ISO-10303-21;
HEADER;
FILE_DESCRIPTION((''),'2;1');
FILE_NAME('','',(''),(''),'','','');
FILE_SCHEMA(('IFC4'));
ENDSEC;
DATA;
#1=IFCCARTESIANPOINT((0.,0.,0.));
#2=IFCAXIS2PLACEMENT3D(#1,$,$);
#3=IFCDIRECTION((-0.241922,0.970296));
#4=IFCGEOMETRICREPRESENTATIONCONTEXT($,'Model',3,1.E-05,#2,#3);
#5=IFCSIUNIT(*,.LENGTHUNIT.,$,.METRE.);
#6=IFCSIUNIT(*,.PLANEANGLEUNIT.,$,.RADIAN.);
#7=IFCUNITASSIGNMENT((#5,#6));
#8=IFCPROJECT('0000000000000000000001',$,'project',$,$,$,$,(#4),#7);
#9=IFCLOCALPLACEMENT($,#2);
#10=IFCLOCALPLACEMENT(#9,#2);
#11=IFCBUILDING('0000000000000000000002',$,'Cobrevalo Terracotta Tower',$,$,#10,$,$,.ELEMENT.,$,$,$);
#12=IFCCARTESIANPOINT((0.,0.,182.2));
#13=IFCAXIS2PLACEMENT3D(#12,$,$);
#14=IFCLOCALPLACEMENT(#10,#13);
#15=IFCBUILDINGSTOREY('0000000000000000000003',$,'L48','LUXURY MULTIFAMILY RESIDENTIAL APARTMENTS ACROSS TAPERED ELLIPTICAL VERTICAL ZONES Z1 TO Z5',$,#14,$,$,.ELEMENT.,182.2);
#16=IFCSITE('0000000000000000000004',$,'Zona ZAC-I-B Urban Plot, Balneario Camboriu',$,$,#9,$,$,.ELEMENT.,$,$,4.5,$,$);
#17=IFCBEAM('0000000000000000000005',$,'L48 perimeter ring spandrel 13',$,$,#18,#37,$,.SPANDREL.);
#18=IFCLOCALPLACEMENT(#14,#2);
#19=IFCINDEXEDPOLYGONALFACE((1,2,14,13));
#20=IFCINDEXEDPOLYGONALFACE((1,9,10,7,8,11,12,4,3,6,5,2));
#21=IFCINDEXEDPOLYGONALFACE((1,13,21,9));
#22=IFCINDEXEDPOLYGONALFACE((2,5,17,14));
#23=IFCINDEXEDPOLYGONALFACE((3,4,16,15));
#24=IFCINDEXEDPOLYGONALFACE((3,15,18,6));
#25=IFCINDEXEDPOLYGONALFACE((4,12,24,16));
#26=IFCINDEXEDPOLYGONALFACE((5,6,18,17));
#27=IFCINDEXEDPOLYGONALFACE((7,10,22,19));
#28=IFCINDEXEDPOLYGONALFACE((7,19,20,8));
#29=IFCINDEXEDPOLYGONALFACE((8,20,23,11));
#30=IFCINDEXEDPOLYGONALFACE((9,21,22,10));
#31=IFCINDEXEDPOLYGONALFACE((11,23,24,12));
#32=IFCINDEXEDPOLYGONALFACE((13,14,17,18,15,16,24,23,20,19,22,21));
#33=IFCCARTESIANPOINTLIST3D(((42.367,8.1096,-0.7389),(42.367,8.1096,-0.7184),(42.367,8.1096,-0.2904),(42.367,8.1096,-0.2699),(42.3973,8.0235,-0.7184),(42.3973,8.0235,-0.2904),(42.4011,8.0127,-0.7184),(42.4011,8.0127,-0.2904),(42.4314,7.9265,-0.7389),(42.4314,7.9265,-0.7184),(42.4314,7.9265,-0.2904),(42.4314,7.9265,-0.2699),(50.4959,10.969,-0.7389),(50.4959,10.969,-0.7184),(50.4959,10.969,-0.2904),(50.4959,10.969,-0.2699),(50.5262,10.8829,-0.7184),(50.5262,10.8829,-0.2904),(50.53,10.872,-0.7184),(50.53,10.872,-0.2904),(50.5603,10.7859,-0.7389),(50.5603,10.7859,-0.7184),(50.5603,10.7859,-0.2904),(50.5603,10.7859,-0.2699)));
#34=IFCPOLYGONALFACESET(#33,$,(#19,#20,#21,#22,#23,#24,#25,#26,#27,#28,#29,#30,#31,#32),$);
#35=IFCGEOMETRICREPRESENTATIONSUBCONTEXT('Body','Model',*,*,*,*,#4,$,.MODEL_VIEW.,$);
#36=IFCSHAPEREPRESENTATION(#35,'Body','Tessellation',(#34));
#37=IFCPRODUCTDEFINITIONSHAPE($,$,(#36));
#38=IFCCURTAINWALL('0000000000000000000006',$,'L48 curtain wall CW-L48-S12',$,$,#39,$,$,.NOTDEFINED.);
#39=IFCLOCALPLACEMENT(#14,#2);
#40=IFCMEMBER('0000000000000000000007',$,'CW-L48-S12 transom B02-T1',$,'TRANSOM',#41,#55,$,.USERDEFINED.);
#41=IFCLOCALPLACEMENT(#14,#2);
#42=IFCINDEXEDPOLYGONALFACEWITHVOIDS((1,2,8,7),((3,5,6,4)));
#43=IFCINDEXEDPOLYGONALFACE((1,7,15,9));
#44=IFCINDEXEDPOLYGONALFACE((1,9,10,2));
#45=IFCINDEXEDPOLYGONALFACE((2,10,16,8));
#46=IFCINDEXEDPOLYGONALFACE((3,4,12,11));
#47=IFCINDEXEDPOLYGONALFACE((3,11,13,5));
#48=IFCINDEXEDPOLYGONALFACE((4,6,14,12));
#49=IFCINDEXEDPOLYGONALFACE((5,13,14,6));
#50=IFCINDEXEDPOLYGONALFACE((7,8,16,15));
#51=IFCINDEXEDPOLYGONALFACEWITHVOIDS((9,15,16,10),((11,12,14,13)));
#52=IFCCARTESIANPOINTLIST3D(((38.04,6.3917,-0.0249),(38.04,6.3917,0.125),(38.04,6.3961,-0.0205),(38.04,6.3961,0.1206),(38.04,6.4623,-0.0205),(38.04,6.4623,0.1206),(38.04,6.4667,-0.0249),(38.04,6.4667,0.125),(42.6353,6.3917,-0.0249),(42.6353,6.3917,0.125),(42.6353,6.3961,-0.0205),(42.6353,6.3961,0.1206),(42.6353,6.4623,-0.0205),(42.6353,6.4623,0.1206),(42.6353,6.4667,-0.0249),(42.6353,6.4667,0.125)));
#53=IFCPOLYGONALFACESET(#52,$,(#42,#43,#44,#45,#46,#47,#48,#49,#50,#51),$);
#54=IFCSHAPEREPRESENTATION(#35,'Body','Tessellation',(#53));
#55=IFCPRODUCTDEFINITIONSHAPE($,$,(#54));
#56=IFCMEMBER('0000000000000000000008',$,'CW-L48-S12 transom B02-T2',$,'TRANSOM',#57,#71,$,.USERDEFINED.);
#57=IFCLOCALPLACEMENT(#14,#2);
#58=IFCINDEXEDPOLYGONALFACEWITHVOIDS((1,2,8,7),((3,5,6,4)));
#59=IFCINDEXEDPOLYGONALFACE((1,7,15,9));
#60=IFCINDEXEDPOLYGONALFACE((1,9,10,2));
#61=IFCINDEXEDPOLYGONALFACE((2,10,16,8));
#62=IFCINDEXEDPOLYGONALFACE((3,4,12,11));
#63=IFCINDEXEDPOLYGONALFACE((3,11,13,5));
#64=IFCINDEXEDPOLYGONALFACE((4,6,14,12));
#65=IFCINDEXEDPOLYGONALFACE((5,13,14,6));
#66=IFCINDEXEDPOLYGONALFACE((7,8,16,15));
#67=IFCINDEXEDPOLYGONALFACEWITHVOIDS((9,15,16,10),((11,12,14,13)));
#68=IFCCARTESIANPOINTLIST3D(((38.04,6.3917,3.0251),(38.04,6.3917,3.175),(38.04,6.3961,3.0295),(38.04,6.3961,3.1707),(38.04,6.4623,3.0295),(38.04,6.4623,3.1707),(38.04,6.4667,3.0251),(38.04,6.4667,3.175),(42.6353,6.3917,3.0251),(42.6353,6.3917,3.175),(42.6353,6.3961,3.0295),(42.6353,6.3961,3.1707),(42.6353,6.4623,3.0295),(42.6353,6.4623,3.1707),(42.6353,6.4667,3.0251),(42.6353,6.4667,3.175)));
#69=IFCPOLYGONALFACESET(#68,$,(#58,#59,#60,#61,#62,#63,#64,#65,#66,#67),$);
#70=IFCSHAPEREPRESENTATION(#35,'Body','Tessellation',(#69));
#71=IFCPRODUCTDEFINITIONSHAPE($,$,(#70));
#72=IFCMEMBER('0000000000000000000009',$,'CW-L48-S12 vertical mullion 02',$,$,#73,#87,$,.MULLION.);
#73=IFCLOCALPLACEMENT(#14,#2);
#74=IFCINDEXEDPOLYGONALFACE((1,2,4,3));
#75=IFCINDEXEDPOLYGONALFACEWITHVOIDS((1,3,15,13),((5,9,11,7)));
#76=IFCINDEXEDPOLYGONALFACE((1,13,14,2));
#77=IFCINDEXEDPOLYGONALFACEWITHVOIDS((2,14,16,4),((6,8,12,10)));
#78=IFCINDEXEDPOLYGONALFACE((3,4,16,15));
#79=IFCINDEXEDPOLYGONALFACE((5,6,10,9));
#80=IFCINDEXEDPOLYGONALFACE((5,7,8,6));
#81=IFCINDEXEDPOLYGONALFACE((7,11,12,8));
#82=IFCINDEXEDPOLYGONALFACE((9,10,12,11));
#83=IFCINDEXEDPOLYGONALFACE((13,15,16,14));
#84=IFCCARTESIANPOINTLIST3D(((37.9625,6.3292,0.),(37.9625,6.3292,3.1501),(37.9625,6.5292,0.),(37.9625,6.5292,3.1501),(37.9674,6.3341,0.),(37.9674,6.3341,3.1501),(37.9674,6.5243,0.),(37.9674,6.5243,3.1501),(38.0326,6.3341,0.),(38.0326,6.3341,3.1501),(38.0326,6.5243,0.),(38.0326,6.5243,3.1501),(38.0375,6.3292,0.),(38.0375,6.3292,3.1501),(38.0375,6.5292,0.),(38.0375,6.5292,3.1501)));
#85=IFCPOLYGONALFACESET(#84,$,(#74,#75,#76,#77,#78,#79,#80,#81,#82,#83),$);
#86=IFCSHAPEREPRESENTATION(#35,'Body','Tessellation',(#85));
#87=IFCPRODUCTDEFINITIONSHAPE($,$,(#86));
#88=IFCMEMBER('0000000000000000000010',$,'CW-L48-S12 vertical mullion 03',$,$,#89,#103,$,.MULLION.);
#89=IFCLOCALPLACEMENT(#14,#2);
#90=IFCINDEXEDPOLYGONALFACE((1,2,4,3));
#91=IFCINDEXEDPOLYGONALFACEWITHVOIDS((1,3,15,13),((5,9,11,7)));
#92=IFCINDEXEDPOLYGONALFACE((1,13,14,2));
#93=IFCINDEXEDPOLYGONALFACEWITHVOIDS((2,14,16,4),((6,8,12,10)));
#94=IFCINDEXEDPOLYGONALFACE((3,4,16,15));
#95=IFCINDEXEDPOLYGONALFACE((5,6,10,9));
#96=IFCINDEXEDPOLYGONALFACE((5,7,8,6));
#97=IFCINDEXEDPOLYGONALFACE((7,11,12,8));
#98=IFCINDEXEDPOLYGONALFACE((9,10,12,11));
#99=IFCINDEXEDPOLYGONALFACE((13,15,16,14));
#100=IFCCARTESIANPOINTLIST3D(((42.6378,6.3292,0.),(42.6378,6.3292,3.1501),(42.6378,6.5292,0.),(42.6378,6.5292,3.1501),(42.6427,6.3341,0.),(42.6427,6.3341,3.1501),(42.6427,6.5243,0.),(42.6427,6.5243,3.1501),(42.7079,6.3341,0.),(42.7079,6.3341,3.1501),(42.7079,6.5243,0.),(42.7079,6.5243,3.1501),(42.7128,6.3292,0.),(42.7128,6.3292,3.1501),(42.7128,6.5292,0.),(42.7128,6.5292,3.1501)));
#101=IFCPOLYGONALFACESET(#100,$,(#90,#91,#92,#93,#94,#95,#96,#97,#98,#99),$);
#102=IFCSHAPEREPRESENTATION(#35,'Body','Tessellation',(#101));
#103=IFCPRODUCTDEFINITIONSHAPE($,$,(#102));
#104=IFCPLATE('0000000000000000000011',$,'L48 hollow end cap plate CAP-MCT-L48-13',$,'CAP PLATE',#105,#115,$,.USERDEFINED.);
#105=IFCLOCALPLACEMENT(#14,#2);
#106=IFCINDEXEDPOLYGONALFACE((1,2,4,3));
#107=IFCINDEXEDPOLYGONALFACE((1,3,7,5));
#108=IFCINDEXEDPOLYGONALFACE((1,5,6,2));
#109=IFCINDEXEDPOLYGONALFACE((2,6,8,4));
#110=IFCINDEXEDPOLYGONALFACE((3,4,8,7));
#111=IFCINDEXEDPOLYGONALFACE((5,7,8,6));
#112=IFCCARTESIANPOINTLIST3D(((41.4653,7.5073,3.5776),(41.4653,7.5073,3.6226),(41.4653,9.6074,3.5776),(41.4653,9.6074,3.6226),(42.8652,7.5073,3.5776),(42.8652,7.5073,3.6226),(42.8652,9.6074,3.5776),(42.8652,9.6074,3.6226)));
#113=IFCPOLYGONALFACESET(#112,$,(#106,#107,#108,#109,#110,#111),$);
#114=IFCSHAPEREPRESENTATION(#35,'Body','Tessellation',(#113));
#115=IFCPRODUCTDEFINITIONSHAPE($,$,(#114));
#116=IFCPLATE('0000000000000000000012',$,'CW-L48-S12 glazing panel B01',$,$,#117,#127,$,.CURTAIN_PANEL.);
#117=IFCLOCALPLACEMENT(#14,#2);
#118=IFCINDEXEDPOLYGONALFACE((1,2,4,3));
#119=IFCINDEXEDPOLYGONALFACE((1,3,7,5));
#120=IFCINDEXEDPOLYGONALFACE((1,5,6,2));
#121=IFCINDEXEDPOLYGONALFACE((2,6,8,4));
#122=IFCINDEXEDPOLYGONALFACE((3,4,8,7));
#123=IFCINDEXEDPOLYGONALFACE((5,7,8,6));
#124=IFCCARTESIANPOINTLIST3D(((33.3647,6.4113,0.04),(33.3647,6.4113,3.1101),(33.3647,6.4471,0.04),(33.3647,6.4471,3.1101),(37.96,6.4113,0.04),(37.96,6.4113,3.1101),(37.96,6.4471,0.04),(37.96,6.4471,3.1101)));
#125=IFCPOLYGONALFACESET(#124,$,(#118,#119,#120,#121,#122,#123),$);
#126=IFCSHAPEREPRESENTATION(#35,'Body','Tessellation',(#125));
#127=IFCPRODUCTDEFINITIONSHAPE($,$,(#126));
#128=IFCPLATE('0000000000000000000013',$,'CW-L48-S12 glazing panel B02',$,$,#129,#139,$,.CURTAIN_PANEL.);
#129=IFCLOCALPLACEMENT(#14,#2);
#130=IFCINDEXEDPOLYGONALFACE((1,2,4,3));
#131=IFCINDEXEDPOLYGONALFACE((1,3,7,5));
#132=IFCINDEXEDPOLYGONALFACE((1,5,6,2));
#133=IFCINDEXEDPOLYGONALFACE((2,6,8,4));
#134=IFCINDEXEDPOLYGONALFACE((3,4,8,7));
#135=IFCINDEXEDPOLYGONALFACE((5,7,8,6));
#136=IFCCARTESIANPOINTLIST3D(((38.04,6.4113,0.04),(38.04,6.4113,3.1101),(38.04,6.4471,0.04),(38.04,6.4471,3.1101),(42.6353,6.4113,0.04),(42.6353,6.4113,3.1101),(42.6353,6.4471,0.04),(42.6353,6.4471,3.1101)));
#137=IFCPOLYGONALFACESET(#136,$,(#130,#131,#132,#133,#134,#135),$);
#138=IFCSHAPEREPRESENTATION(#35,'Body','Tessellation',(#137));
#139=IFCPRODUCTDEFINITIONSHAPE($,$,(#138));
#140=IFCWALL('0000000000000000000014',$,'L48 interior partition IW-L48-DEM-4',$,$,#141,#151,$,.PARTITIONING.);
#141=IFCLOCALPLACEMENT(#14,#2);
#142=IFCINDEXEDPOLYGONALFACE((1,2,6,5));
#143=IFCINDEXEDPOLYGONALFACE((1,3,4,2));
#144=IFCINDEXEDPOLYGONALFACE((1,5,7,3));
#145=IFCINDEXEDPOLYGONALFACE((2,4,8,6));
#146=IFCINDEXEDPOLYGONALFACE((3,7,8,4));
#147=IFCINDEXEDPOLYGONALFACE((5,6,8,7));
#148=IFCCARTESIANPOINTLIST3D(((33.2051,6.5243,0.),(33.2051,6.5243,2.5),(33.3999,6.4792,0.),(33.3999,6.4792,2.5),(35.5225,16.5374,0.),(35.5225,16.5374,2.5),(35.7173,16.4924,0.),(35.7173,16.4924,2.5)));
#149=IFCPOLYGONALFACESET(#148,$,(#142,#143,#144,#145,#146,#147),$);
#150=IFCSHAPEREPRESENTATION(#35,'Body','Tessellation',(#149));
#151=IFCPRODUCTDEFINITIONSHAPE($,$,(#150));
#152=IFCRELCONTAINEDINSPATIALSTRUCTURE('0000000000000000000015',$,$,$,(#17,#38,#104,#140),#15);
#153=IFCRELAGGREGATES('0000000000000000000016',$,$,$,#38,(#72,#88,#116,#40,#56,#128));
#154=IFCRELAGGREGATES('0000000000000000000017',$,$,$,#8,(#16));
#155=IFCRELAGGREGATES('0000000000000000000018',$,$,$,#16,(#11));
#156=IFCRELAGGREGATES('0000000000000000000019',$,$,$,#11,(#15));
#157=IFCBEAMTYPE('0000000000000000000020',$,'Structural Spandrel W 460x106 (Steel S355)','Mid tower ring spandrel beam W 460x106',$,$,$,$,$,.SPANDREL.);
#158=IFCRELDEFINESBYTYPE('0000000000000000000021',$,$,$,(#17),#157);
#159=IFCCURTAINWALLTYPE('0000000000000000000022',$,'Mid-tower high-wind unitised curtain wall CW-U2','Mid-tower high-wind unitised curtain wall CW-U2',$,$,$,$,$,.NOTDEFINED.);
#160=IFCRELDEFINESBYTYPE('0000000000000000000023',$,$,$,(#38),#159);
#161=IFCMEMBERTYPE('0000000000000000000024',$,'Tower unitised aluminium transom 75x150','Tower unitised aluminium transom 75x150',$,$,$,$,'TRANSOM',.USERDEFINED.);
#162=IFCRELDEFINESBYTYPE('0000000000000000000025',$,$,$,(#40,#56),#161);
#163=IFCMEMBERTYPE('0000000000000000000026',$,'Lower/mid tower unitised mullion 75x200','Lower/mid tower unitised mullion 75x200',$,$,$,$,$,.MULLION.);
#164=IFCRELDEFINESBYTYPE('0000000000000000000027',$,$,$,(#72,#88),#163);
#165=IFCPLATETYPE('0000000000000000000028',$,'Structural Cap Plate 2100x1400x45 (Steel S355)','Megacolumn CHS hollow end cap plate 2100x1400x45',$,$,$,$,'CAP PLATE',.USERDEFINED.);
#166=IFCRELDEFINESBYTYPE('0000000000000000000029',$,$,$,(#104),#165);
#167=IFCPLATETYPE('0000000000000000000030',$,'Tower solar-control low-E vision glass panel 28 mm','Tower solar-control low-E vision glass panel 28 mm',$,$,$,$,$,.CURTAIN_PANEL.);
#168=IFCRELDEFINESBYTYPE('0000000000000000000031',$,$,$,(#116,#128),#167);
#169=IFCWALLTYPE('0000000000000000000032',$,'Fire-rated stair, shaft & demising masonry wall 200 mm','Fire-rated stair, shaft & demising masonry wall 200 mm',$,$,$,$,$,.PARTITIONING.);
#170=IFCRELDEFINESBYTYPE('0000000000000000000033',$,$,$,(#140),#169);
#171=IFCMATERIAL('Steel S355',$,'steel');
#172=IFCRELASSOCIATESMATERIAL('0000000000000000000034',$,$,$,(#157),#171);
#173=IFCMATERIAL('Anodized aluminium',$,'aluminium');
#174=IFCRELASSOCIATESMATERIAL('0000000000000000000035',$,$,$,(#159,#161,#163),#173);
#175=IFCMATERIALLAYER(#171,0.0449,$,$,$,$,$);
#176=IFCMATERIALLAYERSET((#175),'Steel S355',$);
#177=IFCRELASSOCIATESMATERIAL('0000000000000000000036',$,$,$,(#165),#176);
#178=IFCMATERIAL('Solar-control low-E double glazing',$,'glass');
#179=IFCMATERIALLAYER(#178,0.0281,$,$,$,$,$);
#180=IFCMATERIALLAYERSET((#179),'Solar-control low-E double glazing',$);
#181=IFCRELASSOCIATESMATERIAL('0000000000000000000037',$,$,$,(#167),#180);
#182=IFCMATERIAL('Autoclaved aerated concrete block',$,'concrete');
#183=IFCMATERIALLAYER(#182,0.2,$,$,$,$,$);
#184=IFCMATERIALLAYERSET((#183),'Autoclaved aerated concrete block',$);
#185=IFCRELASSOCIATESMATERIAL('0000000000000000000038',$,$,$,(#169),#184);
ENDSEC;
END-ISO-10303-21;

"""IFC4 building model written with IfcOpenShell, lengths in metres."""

from ifc_helpers import new_model, si_unit, direction, frame, frame_2d, origin, origin_2d, place, context, subcontext, project, spatial, rectangle, hollow_rectangle, i_section, extrude, source, transform, mapped, material, layer, layer_set, material_profile, profile_set, type_object, element, aggregate, save


model = new_model("IFC4")

# Units and contexts
model_context = context("Model", 3, precision=1e-05, world=origin(), true_north=direction((-0.241922, 0.970296)))
body_context = subcontext(model_context, "Body", "Model", "MODEL_VIEW")
ifc_project = project(units=[si_unit("LENGTHUNIT", "METRE"), si_unit("PLANEANGLEUNIT", "RADIAN")], contexts=[model_context])

# Site, building, storey
site_placement = place(None, origin())
site = spatial("IfcSite", under=ifc_project, at=site_placement, Name="Zona ZAC-I-B Urban Plot, Balneario Camboriu", CompositionType="ELEMENT", RefElevation=4.5)
building_placement = place(site_placement, origin())
building = spatial("IfcBuilding", under=site, at=building_placement, Name="Cobrevalo Terracotta Tower", CompositionType="ELEMENT")
storey_placement = place(building_placement, frame((0.0, 0.0, 182.2)))
storey = spatial("IfcBuildingStorey", under=building, at=storey_placement, Name="L48", Description="LUXURY MULTIFAMILY RESIDENTIAL APARTMENTS ACROSS TAPERED ELLIPTICAL VERTICAL ZONES Z1 TO Z5", CompositionType="ELEMENT", Elevation=182.2)

# Shared definitions
ifc_material_1 = material(Name="Steel S355", Category="steel")

# Beam
ifc_material_profile_1 = material_profile(ifc_material_1, i_section(OverallWidth=0.1941, OverallDepth=0.469, WebThickness=0.0115, FlangeThickness=0.0205, at=origin_2d()), Name="W 460x106")
ifc_profile_set_1 = profile_set([ifc_material_profile_1], Name="Steel S355")
beam_type_1 = type_object("IfcBeamType", Name="Structural Spandrel W 460x106 (Steel S355)", Description="Mid tower ring spandrel beam W 460x106", PredefinedType="SPANDREL", material=ifc_profile_set_1)
beam_1_placement = place(storey_placement, frame((42.3992, 8.0181, -0.5044), z_axis=(0.943341, 0.331824, 0.0), x_axis=(-0.331824, 0.943341, 0.0)))
element("IfcBeam", 1, at=beam_1_placement, inside=storey, type_object=beam_type_1, Name="L48 perimeter ring spandrel 13", PredefinedType="SPANDREL", context=body_context, shape_type="SweptSolid", body=[
    extrude(i_section(OverallWidth=0.1941, OverallDepth=0.469, WebThickness=0.0115, FlangeThickness=0.0205, at=origin_2d()), origin(), (0.0, 0.0, 1.0), 8.6172),
])

# Curtain wall, members
ifc_material_2 = material(Name="Anodized aluminium", Category="aluminium")
curtain_wall_type = type_object("IfcCurtainWallType", Name="Mid-tower high-wind unitised curtain wall CW-U2", Description="Mid-tower high-wind unitised curtain wall CW-U2", PredefinedType="NOTDEFINED", material=ifc_material_2)
curtain_wall_placement = place(storey_placement, origin())
curtain_wall = element("IfcCurtainWall", 2, at=curtain_wall_placement, inside=storey, type_object=curtain_wall_type, Name="L48 curtain wall CW-L48-S12", PredefinedType="NOTDEFINED")
ifc_material_profile_2 = material_profile(ifc_material_2, hollow_rectangle(XDim=0.075, YDim=0.1499, WallThickness=0.0044, at=origin_2d()), Name="CWT 75x150")
ifc_profile_set_2 = profile_set([ifc_material_profile_2], Name="Anodized aluminium")
member_type_1 = type_object("IfcMemberType", Name="Tower unitised aluminium transom 75x150", Description="Tower unitised aluminium transom 75x150", ElementType="TRANSOM", PredefinedType="USERDEFINED", material=ifc_profile_set_2)
shared_shape_1 = source(origin(), body_context, "Body", "SweptSolid", [
    extrude(hollow_rectangle(XDim=0.075, YDim=0.1499, WallThickness=0.0044, at=origin_2d()), origin(), (0.0, 0.0, 1.0), 4.5952),
])
member_1_placement = place(storey_placement, frame((38.04, 6.4292, 0.05), z_axis=(1.0, 0.0, 0.0), x_axis=(0.0, 1.0, 0.0)))
member_1 = element("IfcMember", 3, at=member_1_placement, type_object=member_type_1, Name="CW-L48-S12 transom B02-T1", ObjectType="TRANSOM", PredefinedType="USERDEFINED", context=body_context, shape_type="MappedRepresentation", body=[
    mapped(shared_shape_1, transform((0.0, 0.0, 0.0), scale=1.0)),
])
member_2_placement = place(storey_placement, frame((38.04, 6.4292, 3.1001), z_axis=(1.0, 0.0, 0.0), x_axis=(0.0, 1.0, 0.0)))
member_2 = element("IfcMember", 4, at=member_2_placement, type_object=member_type_1, Name="CW-L48-S12 transom B02-T2", ObjectType="TRANSOM", PredefinedType="USERDEFINED", context=body_context, shape_type="MappedRepresentation", body=[
    mapped(shared_shape_1, transform((0.0, 0.0, 0.0), scale=1.0)),
])
ifc_material_profile_3 = material_profile(ifc_material_2, hollow_rectangle(XDim=0.075, YDim=0.2, WallThickness=0.0049, at=origin_2d()), Name="CWM 75x200")
ifc_profile_set_3 = profile_set([ifc_material_profile_3], Name="Anodized aluminium")
member_type_2 = type_object("IfcMemberType", Name="Lower/mid tower unitised mullion 75x200", Description="Lower/mid tower unitised mullion 75x200", PredefinedType="MULLION", material=ifc_profile_set_3)
shared_shape_2 = source(origin(), body_context, "Body", "SweptSolid", [
    extrude(hollow_rectangle(XDim=0.075, YDim=0.2, WallThickness=0.0049, at=origin_2d()), origin(), (0.0, 0.0, 1.0), 3.1501),
])
member_3_placement = place(storey_placement, frame((38.0, 6.4292, 0.0), z_axis=(0.0, 0.0, 1.0), x_axis=(1.0, 0.0, 0.0)))
member_3 = element("IfcMember", 5, at=member_3_placement, type_object=member_type_2, Name="CW-L48-S12 vertical mullion 02", PredefinedType="MULLION", context=body_context, shape_type="MappedRepresentation", body=[
    mapped(shared_shape_2, transform((0.0, 0.0, 0.0), scale=1.0)),
])
member_4_placement = place(storey_placement, frame((42.6753, 6.4292, 0.0), z_axis=(0.0, 0.0, 1.0), x_axis=(1.0, 0.0, 0.0)))
member_4 = element("IfcMember", 6, at=member_4_placement, type_object=member_type_2, Name="CW-L48-S12 vertical mullion 03", PredefinedType="MULLION", context=body_context, shape_type="MappedRepresentation", body=[
    mapped(shared_shape_2, transform((0.0, 0.0, 0.0), scale=1.0)),
])

# Plates
ifc_layer_1 = layer(ifc_material_1, 0.0449)
ifc_layer_set_1 = layer_set([ifc_layer_1], Name="Steel S355")
plate_type_1 = type_object("IfcPlateType", Name="Structural Cap Plate 2100x1400x45 (Steel S355)", Description="Megacolumn CHS hollow end cap plate 2100x1400x45", ElementType="CAP PLATE", PredefinedType="USERDEFINED", material=ifc_layer_set_1)
shared_shape_3 = source(origin(), body_context, "Body", "SweptSolid", [
    extrude(rectangle(XDim=2.1001, YDim=1.3999, at=origin_2d()), origin(), (0.0, 0.0, 1.0), 0.0449),
])
plate_1_placement = place(storey_placement, frame((42.1653, 8.5574, 3.5776), z_axis=(0.0, 0.0, 1.0), x_axis=(0.0, -1.0, 0.0)))
element("IfcPlate", 7, at=plate_1_placement, inside=storey, type_object=plate_type_1, Name="L48 hollow end cap plate CAP-MCT-L48-13", ObjectType="CAP PLATE", PredefinedType="USERDEFINED", context=body_context, shape_type="MappedRepresentation", body=[
    mapped(shared_shape_3, transform((0.0, 0.0, 0.0), scale=1.0)),
])
ifc_material_3 = material(Name="Solar-control low-E double glazing", Category="glass")
ifc_layer_2 = layer(ifc_material_3, 0.0281)
ifc_layer_set_2 = layer_set([ifc_layer_2], Name="Solar-control low-E double glazing")
plate_type_2 = type_object("IfcPlateType", Name="Tower solar-control low-E vision glass panel 28 mm", Description="Tower solar-control low-E vision glass panel 28 mm", PredefinedType="CURTAIN_PANEL", material=ifc_layer_set_2)
shared_shape_4 = source(origin(), body_context, "Body", "SweptSolid", [
    extrude(rectangle(XDim=4.5952, YDim=0.0359, at=origin_2d()), origin(), (0.0, 0.0, 1.0), 3.0701),
])
plate_2_placement = place(storey_placement, frame((35.6624, 6.4292, 0.04), z_axis=(0.0, 0.0, 1.0), x_axis=(1.0, 0.0, 0.0)))
plate_2 = element("IfcPlate", 8, at=plate_2_placement, type_object=plate_type_2, Name="CW-L48-S12 glazing panel B01", PredefinedType="CURTAIN_PANEL", context=body_context, shape_type="MappedRepresentation", body=[
    mapped(shared_shape_4, transform((0.0, 0.0, 0.0), scale=1.0)),
])
plate_3_placement = place(storey_placement, frame((40.3376, 6.4292, 0.04), z_axis=(0.0, 0.0, 1.0), x_axis=(1.0, 0.0, 0.0)))
plate_3 = element("IfcPlate", 9, at=plate_3_placement, type_object=plate_type_2, Name="CW-L48-S12 glazing panel B02", PredefinedType="CURTAIN_PANEL", context=body_context, shape_type="MappedRepresentation", body=[
    mapped(shared_shape_4, transform((0.0, 0.0, 0.0), scale=1.0)),
])
aggregate(curtain_wall, [member_3, member_4, plate_2, member_1, member_2, plate_3])

# Wall
ifc_material_4 = material(Name="Autoclaved aerated concrete block", Category="concrete")
ifc_layer_3 = layer(ifc_material_4, 0.2)
ifc_layer_set_3 = layer_set([ifc_layer_3], Name="Autoclaved aerated concrete block")
wall_type_1 = type_object("IfcWallType", Name="Fire-rated stair, shaft & demising masonry wall 200 mm", Description="Fire-rated stair, shaft & demising masonry wall 200 mm", PredefinedType="PARTITIONING", material=ifc_layer_set_3)
wall_1_placement = place(storey_placement, frame((35.6199, 16.5149, 0.0), z_axis=(0.0, 0.0, 1.0), x_axis=(-0.225474, -0.974249, 0.0)))
element("IfcWall", 10, at=wall_1_placement, inside=storey, type_object=wall_type_1, Name="L48 interior partition IW-L48-DEM-4", PredefinedType="PARTITIONING", context=body_context, shape_type="SweptSolid", body=[
    extrude(rectangle(XDim=10.2778, YDim=0.2, at=frame_2d((5.1389, 0.0))), origin(), (0.0, 0.0, 1.0), 2.5),
])

save(model, "model.ifc")
